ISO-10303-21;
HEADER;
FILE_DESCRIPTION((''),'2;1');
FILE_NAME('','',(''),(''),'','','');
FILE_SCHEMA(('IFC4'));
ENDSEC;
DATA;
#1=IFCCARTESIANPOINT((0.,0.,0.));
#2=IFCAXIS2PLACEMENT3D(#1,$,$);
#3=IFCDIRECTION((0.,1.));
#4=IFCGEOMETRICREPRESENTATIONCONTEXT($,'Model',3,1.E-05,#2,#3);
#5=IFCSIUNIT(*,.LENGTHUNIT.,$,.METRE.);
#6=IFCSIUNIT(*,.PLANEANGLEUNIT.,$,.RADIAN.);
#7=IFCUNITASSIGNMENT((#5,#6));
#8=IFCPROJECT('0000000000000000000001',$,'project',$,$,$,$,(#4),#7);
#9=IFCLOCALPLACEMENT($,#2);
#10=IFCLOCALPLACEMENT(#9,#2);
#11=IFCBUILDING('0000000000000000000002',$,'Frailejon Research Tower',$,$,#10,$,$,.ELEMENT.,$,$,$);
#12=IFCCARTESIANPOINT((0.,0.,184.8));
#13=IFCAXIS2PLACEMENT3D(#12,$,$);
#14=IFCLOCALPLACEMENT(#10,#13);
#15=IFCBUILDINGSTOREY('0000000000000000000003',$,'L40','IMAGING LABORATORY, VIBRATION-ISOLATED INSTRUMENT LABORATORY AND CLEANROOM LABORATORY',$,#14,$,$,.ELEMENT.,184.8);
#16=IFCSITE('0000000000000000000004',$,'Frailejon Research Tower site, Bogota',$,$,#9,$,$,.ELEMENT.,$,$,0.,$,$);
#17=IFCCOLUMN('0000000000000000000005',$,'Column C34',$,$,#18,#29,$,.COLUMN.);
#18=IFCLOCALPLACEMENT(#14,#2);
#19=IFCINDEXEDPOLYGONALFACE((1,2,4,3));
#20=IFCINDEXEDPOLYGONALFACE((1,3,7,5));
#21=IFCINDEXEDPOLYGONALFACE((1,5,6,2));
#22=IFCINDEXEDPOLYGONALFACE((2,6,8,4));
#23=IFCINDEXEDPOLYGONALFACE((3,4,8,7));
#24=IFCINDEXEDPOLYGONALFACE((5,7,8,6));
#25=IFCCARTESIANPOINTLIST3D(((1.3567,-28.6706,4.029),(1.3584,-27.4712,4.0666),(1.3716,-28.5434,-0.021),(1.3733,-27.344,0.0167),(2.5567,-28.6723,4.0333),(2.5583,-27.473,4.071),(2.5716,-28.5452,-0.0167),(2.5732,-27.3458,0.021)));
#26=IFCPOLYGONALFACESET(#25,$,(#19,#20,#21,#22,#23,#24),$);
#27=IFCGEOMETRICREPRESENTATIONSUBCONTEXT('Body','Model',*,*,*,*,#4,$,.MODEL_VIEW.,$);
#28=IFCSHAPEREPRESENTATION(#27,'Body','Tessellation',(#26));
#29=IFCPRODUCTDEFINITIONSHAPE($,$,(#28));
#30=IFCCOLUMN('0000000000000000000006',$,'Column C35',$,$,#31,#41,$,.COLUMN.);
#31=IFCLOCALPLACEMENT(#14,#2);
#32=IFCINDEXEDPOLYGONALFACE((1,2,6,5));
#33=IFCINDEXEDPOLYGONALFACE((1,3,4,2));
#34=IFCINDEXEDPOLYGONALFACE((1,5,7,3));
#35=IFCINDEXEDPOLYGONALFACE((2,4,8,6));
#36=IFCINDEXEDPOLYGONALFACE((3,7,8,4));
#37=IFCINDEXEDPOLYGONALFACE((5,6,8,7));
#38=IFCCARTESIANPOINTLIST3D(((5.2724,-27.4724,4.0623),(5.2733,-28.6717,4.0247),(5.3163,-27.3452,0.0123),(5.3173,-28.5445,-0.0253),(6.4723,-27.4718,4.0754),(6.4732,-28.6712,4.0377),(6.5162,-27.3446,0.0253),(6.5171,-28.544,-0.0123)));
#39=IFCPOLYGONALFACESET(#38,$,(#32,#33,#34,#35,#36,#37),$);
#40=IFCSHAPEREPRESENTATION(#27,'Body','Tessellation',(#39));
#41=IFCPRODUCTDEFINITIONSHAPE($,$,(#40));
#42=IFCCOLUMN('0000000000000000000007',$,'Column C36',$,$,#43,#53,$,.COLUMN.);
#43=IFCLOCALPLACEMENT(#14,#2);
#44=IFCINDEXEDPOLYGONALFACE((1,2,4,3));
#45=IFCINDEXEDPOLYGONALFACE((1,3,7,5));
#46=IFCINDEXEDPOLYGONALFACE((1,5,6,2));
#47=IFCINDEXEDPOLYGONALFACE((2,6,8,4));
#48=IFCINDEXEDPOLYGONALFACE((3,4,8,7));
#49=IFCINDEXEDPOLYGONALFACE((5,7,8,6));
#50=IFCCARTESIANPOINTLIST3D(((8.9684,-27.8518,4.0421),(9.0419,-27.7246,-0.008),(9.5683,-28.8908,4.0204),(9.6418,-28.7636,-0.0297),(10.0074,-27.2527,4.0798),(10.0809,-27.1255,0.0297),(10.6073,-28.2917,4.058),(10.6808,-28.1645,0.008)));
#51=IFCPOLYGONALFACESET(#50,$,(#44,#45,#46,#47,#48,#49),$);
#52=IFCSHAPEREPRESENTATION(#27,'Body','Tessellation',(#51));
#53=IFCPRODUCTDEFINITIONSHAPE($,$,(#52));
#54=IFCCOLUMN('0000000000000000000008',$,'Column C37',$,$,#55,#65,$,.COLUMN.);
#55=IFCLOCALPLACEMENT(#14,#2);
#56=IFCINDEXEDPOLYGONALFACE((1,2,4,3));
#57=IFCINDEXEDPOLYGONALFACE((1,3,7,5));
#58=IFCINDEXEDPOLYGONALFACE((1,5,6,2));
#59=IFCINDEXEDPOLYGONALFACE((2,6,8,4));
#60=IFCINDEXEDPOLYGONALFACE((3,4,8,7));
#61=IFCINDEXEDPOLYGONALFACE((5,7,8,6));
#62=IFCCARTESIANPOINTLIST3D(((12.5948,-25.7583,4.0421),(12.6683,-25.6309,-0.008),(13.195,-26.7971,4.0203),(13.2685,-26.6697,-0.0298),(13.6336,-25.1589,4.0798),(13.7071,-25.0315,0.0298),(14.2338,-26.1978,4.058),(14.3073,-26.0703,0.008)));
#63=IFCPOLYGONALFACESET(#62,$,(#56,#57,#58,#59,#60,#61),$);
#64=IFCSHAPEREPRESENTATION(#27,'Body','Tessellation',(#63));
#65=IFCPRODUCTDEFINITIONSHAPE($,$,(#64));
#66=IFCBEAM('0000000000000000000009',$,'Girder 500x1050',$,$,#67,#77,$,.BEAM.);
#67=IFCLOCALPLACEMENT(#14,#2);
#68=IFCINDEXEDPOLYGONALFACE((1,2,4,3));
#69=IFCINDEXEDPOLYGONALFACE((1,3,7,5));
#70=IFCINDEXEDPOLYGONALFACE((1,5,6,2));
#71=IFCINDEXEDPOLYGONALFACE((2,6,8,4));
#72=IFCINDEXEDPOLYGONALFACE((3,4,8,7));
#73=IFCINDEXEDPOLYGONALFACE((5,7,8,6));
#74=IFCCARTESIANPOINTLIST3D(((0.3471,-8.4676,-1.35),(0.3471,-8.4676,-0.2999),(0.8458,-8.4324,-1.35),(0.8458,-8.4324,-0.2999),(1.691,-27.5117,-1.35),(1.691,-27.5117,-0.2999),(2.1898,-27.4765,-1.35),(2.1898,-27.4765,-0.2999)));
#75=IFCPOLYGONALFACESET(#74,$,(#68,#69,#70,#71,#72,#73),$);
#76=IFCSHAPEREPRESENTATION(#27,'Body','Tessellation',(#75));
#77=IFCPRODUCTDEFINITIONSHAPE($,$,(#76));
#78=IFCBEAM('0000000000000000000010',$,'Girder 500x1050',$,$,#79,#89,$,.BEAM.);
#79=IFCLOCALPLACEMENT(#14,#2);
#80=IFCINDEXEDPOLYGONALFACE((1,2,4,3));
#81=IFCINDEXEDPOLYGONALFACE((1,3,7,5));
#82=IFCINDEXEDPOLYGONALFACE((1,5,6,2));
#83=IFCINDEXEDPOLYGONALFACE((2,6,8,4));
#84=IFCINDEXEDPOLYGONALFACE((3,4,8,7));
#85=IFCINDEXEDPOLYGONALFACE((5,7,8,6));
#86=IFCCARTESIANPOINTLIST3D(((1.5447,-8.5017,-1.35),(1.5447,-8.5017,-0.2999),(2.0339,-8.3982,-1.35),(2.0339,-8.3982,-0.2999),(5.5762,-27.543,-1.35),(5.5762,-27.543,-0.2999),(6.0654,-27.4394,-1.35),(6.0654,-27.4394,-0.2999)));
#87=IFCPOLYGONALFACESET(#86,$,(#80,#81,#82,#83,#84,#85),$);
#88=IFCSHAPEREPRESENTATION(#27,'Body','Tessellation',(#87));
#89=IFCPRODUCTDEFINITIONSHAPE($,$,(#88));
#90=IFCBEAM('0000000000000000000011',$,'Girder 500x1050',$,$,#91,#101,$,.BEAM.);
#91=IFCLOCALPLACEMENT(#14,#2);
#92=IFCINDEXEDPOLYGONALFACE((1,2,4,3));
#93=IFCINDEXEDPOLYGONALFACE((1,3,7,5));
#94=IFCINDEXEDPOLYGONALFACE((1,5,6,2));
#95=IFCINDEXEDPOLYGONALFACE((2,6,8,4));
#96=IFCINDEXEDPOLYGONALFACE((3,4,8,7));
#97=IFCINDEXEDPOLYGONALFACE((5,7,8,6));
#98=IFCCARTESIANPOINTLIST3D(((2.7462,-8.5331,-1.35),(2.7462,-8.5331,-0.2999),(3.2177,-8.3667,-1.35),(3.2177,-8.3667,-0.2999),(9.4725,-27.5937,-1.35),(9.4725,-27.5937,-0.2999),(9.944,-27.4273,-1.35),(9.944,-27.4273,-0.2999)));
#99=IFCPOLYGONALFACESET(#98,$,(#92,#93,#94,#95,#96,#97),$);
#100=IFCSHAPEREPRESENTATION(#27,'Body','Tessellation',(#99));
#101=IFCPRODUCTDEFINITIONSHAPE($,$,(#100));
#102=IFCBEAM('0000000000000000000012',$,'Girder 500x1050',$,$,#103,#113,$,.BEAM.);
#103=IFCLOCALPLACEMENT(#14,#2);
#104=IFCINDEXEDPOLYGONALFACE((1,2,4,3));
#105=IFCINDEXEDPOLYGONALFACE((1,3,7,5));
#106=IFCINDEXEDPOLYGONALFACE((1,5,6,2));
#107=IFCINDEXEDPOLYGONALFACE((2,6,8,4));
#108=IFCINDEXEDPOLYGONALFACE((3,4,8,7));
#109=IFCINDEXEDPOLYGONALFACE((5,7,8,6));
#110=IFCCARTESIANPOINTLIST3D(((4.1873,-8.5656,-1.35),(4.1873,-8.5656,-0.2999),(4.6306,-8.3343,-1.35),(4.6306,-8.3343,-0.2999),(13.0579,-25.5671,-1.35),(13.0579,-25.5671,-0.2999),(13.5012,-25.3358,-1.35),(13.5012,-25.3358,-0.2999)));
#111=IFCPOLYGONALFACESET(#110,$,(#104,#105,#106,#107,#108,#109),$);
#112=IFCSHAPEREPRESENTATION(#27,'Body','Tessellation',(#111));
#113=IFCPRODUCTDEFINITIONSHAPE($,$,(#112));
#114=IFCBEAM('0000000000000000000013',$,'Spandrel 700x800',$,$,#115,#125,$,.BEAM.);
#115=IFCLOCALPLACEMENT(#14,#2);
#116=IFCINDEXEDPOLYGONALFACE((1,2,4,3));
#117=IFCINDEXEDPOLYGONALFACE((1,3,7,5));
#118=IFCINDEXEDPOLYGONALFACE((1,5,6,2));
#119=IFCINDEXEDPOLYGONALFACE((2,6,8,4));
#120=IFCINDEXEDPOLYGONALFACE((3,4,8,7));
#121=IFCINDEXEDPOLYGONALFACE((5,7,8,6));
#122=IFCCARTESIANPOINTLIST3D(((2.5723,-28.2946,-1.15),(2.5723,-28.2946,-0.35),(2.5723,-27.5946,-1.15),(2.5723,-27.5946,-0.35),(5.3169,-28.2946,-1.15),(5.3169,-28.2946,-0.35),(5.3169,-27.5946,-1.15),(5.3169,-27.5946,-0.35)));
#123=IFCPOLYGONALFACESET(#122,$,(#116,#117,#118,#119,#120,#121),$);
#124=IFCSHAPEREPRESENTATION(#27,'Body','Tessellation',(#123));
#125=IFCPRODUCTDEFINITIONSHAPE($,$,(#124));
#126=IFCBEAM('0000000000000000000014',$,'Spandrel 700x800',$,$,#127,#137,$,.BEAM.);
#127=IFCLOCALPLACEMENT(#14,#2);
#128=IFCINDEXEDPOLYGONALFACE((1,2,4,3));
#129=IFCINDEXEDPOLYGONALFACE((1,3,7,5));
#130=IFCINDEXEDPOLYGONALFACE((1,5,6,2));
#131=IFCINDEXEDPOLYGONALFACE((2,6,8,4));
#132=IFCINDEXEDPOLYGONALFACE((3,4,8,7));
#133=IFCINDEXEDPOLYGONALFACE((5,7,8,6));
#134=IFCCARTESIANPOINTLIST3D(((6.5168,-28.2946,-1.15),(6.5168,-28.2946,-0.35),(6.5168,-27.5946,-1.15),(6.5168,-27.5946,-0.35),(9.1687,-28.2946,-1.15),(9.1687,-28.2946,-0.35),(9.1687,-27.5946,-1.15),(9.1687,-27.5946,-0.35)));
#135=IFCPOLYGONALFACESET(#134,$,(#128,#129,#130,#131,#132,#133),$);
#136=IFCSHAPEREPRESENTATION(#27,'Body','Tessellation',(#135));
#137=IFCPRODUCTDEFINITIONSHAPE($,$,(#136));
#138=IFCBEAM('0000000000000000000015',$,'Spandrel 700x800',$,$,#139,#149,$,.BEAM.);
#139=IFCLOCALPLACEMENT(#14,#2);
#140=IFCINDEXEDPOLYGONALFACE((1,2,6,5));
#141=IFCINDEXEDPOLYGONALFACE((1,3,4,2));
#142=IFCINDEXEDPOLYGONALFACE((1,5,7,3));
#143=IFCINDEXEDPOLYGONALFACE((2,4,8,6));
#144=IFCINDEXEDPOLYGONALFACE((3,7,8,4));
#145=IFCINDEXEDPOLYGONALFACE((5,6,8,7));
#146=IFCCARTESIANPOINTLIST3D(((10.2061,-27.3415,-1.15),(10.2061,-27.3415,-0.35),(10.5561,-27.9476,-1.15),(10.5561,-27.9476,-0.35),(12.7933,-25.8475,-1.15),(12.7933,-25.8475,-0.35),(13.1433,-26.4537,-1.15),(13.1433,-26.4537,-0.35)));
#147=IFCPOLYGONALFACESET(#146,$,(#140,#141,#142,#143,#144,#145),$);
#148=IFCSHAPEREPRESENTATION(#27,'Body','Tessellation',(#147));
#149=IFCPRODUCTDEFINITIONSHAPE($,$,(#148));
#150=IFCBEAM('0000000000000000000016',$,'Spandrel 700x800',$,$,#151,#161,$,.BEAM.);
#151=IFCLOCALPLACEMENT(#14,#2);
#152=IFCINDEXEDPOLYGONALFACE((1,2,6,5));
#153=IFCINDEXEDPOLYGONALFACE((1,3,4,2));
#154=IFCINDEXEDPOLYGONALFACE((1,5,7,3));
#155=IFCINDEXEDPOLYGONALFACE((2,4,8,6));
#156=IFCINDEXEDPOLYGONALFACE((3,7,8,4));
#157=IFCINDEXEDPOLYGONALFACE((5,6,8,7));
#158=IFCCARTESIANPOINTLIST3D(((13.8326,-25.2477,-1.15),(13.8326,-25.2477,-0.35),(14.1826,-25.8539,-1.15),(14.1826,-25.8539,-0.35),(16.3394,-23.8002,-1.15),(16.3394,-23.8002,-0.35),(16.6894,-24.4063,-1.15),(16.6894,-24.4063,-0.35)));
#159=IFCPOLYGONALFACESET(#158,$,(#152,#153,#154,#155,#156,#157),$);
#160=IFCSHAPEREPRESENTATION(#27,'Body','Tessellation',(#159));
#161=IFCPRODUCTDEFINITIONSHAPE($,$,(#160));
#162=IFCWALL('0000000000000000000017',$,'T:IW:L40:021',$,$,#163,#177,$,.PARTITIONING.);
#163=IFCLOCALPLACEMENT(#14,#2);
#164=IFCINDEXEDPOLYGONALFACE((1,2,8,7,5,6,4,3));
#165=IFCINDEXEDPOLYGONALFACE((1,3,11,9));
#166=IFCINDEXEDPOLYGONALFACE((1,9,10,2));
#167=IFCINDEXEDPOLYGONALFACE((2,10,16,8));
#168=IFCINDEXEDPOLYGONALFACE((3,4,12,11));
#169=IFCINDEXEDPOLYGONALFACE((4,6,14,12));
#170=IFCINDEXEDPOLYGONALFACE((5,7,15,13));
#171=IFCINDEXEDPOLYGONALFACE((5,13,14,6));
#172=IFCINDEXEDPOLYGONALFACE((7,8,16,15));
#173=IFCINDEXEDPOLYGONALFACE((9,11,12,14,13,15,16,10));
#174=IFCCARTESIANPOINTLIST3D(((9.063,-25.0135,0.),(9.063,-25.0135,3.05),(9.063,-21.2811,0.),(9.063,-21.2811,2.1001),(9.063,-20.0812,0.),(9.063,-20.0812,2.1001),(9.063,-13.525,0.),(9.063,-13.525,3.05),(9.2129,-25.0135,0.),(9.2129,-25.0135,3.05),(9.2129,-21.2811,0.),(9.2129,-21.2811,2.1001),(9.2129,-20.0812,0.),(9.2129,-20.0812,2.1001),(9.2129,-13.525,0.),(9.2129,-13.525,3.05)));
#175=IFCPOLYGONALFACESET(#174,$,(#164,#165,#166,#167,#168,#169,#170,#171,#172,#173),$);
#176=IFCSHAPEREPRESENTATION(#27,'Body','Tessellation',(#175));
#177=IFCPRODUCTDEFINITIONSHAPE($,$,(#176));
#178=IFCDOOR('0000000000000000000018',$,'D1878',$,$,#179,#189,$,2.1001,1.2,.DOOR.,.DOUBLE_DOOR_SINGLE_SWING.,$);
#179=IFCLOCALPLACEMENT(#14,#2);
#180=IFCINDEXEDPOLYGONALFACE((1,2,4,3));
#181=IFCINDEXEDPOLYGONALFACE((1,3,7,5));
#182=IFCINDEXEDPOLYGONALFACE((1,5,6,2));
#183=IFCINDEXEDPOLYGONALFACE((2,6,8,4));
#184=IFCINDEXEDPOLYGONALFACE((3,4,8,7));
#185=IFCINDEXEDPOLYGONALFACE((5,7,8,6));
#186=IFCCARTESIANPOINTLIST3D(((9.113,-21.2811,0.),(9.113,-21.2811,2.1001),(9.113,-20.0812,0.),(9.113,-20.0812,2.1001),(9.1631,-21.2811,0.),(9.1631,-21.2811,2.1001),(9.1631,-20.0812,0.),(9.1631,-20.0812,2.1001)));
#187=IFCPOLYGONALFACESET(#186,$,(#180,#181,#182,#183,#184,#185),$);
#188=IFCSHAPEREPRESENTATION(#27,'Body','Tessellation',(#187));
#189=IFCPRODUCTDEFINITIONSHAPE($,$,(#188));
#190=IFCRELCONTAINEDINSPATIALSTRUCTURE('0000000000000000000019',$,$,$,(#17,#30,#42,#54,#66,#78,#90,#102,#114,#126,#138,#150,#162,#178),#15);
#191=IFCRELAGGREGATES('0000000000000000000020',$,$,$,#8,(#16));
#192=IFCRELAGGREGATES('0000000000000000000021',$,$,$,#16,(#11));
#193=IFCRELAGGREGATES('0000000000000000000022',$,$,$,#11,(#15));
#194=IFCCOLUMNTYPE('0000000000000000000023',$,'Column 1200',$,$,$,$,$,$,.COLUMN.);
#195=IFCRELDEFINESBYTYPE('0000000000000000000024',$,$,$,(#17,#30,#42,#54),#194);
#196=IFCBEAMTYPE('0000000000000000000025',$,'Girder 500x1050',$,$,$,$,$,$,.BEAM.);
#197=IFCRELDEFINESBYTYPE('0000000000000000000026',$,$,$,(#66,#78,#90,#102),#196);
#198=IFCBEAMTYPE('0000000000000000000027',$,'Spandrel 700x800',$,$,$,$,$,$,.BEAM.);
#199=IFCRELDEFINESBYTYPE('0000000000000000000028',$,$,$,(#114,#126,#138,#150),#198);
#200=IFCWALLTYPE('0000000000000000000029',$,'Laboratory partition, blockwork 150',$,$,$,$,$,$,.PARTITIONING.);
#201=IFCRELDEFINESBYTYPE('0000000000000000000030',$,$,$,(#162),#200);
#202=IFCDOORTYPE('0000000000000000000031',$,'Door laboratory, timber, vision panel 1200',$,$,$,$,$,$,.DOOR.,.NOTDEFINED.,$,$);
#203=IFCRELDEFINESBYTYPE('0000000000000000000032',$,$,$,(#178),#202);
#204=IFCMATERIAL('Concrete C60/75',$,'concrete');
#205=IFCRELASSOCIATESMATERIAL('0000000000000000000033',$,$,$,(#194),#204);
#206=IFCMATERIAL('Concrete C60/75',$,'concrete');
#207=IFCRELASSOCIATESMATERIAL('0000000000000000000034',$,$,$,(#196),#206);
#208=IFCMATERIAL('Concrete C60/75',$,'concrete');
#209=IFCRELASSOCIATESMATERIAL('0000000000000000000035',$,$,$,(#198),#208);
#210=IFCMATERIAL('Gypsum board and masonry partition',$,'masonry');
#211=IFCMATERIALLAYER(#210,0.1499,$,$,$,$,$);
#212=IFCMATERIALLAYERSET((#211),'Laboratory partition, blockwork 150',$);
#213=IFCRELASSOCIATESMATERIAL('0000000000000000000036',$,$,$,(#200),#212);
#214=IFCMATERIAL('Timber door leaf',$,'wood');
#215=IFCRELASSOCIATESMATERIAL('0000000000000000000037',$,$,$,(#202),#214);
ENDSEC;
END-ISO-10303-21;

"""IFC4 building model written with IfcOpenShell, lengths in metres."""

from ifc_helpers import new_model, si_unit, direction, frame, frame_2d, origin, origin_2d, place, context, subcontext, project, spatial, rectangle, extrude, material, layer, layer_set, material_profile, profile_set, type_object, element, fill, save


model = new_model("IFC4")

# Units and contexts
model_context = context("Model", 3, precision=1e-05, world=origin(), true_north=direction((0.0, 1.0)))
body_context = subcontext(model_context, "Body", "Model", "MODEL_VIEW")
ifc_project = project(units=[si_unit("LENGTHUNIT", "METRE"), si_unit("PLANEANGLEUNIT", "RADIAN")], contexts=[model_context])

# Site, building, storey
site_placement = place(None, origin())
site = spatial("IfcSite", under=ifc_project, at=site_placement, Name="Frailejon Research Tower site, Bogota", CompositionType="ELEMENT", RefElevation=0.0)
building_placement = place(site_placement, origin())
building = spatial("IfcBuilding", under=site, at=building_placement, Name="Frailejon Research Tower", CompositionType="ELEMENT")
storey_placement = place(building_placement, frame((0.0, 0.0, 184.8)))
storey = spatial("IfcBuildingStorey", under=building, at=storey_placement, Name="L40", Description="IMAGING LABORATORY, VIBRATION-ISOLATED INSTRUMENT LABORATORY AND CLEANROOM LABORATORY", CompositionType="ELEMENT", Elevation=184.8)

# Columns
ifc_material_1 = material(Name="Concrete C60/75", Category="concrete")
ifc_material_profile_1 = material_profile(ifc_material_1, rectangle(XDim=1.2, YDim=1.2, at=origin_2d()), Name="Column 1200")
ifc_profile_set_1 = profile_set([ifc_material_profile_1], Name="Concrete C60/75")
column_type = type_object("IfcColumnType", Name="Column 1200", PredefinedType="COLUMN", material=ifc_profile_set_1)
column_1_placement = place(storey_placement, frame((1.9724, -27.9446, 0.0), z_axis=(-0.003675, -0.031391, 0.9995), x_axis=(0.999992, -0.001487, 0.00363)))
element("IfcColumn", 1, at=column_1_placement, inside=storey, type_object=column_type, Name="Column C34", PredefinedType="COLUMN", context=body_context, shape_type="SweptSolid", body=[
    extrude(rectangle(XDim=1.2, YDim=1.2, at=origin_2d()), origin(), (0.0, 0.0, 1.0), 4.052),
])
column_2_placement = place(storey_placement, frame((5.9167, -27.9446, 0.0), z_axis=(-0.010845, -0.031389, 0.999448), x_axis=(0.999941, 0.000427, 0.010863)))
element("IfcColumn", 2, at=column_2_placement, inside=storey, type_object=column_type, Name="Column C35", PredefinedType="COLUMN", context=body_context, shape_type="SweptSolid", body=[
    extrude(rectangle(XDim=1.2, YDim=1.2, at=origin_2d()), origin(), (0.0, 0.0, 1.0), 4.0522),
])
for number, where, z_axis, x_axis, name in (
    (3, (9.8613, -27.9446, 0.0), (-0.018133, -0.031386, 0.999343), (0.865885, 0.499257, 0.031391), "Column C36"),
    (4, (13.4878, -25.8506, 0.0), (-0.018133, -0.031446, 0.999341), (0.865741, 0.499505, 0.031426), "Column C37"),
):
    element("IfcColumn", number, at=place(storey_placement, frame(where, z_axis=z_axis, x_axis=x_axis)), inside=storey, type_object=column_type, Name=name, PredefinedType="COLUMN", context=body_context, shape_type="SweptSolid", body=[
        extrude(rectangle(XDim=1.2, YDim=1.2, at=origin_2d()), origin(), (0.0, 0.0, 1.0), 4.0527),
    ])

# Beams
ifc_material_2 = material(Name="Concrete C60/75", Category="concrete")
ifc_material_profile_2 = material_profile(ifc_material_2, rectangle(XDim=0.5, YDim=1.05, at=origin_2d()), Name="Girder 500x1050")
ifc_profile_set_2 = profile_set([ifc_material_profile_2], Name="Concrete C60/75")
beam_type_1 = type_object("IfcBeamType", Name="Girder 500x1050", PredefinedType="BEAM", material=ifc_profile_set_2)
beam_1_placement = place(storey_placement, frame((1.9404, -27.4941, -0.825), z_axis=(-0.070397, 0.997519, 0.0), x_axis=(-0.997519, -0.070397, 0.0)))
element("IfcBeam", 5, at=beam_1_placement, inside=storey, type_object=beam_type_1, Name="Girder 500x1050", PredefinedType="BEAM", context=body_context, shape_type="SweptSolid", body=[
    extrude(rectangle(XDim=0.5, YDim=1.05, at=origin_2d()), origin(), (0.0, 0.0, 1.0), 19.0916),
])
beam_2_placement = place(storey_placement, frame((5.8208, -27.4912, -0.825), z_axis=(-0.207132, 0.978313, 0.0), x_axis=(-0.978313, -0.207132, 0.0)))
element("IfcBeam", 6, at=beam_2_placement, inside=storey, type_object=beam_type_1, Name="Girder 500x1050", PredefinedType="BEAM", context=body_context, shape_type="SweptSolid", body=[
    extrude(rectangle(XDim=0.5, YDim=1.05, at=origin_2d()), origin(), (0.0, 0.0, 1.0), 19.4634),
])
beam_3_placement = place(storey_placement, frame((9.7083, -27.5105, -0.825), z_axis=(-0.332779, 0.943005, 0.0), x_axis=(-0.943005, -0.332779, 0.0)))
element("IfcBeam", 7, at=beam_3_placement, inside=storey, type_object=beam_type_1, Name="Girder 500x1050", PredefinedType="BEAM", context=body_context, shape_type="SweptSolid", body=[
    extrude(rectangle(XDim=0.5, YDim=1.05, at=origin_2d()), origin(), (0.0, 0.0, 1.0), 20.2126),
])
beam_4_placement = place(storey_placement, frame((13.2795, -25.4514, -0.825), z_axis=(-0.462577, 0.886579, 0.0), x_axis=(-0.886579, -0.462577, 0.0)))
element("IfcBeam", 8, at=beam_4_placement, inside=storey, type_object=beam_type_1, Name="Girder 500x1050", PredefinedType="BEAM", context=body_context, shape_type="SweptSolid", body=[
    extrude(rectangle(XDim=0.5, YDim=1.05, at=origin_2d()), origin(), (0.0, 0.0, 1.0), 19.1765),
])
ifc_material_3 = material(Name="Concrete C60/75", Category="concrete")
ifc_material_profile_3 = material_profile(ifc_material_3, rectangle(XDim=0.7, YDim=0.8, at=origin_2d()), Name="Spandrel 700x800")
ifc_profile_set_3 = profile_set([ifc_material_profile_3], Name="Concrete C60/75")
beam_type_2 = type_object("IfcBeamType", Name="Spandrel 700x800", PredefinedType="BEAM", material=ifc_profile_set_3)
beam_5_placement = place(storey_placement, frame((2.5723, -27.9446, -0.75), z_axis=(1.0, 0.0, 0.0), x_axis=(0.0, 1.0, 0.0)))
element("IfcBeam", 9, at=beam_5_placement, inside=storey, type_object=beam_type_2, Name="Spandrel 700x800", PredefinedType="BEAM", context=body_context, shape_type="SweptSolid", body=[
    extrude(rectangle(XDim=0.7, YDim=0.8, at=origin_2d()), origin(), (0.0, 0.0, 1.0), 2.7446),
])
beam_6_placement = place(storey_placement, frame((6.5168, -27.9446, -0.75), z_axis=(1.0, 0.0, 0.0), x_axis=(0.0, 1.0, 0.0)))
element("IfcBeam", 10, at=beam_6_placement, inside=storey, type_object=beam_type_2, Name="Spandrel 700x800", PredefinedType="BEAM", context=body_context, shape_type="SweptSolid", body=[
    extrude(rectangle(XDim=0.7, YDim=0.8, at=origin_2d()), origin(), (0.0, 0.0, 1.0), 2.6519),
])
beam_7_placement = place(storey_placement, frame((10.3811, -27.6445, -0.75), z_axis=(0.865996, 0.50005, 0.0), x_axis=(-0.50005, 0.865996, 0.0)))
element("IfcBeam", 11, at=beam_7_placement, inside=storey, type_object=beam_type_2, Name="Spandrel 700x800", PredefinedType="BEAM", context=body_context, shape_type="SweptSolid", body=[
    extrude(rectangle(XDim=0.7, YDim=0.8, at=origin_2d()), origin(), (0.0, 0.0, 1.0), 2.9875),
])
beam_8_placement = place(storey_placement, frame((14.0076, -25.5508, -0.75), z_axis=(0.865997, 0.500049, 0.0), x_axis=(-0.500049, 0.865997, 0.0)))
element("IfcBeam", 12, at=beam_8_placement, inside=storey, type_object=beam_type_2, Name="Spandrel 700x800", PredefinedType="BEAM", context=body_context, shape_type="SweptSolid", body=[
    extrude(rectangle(XDim=0.7, YDim=0.8, at=origin_2d()), origin(), (0.0, 0.0, 1.0), 2.8948),
])

# Wall, opening, door
ifc_material_4 = material(Name="Gypsum board and masonry partition", Category="masonry")
ifc_layer_1 = layer(ifc_material_4, 0.1499)
ifc_layer_set_1 = layer_set([ifc_layer_1], Name="Laboratory partition, blockwork 150")
wall_type_1 = type_object("IfcWallType", Name="Laboratory partition, blockwork 150", PredefinedType="PARTITIONING", material=ifc_layer_set_1)
wall_1_placement = place(storey_placement, frame((9.1379, -25.0134, 0.0), z_axis=(0.0, 0.0, 1.0), x_axis=(0.0, 1.0, 0.0)))
wall_1 = element("IfcWall", 13, at=wall_1_placement, inside=storey, type_object=wall_type_1, Name="T:IW:L40:021", PredefinedType="PARTITIONING", context=body_context, shape_type="SweptSolid", body=[
    extrude(rectangle(XDim=11.4885, YDim=0.1499, at=frame_2d((5.7441, 0.0))), origin(), (0.0, 0.0, 1.0), 3.05),
])
opening_1_placement = place(wall_1_placement, frame((3.7322, 0.0, 0.0)))
opening_1 = element("IfcOpeningElement", 14, at=opening_1_placement, cuts=wall_1, PredefinedType="OPENING", context=body_context, shape_type="SweptSolid", body=[
    extrude(rectangle(XDim=1.2, YDim=2.1001, at=frame_2d((0.6001, 1.05))), frame((0.0, 0.085, 0.0), z_axis=(0.0, -1.0, 0.0), x_axis=(1.0, 0.0, 0.0)), (0.0, 0.0, 1.0), 0.1699),
])
ifc_material_5 = material(Name="Timber door leaf", Category="wood")
door_type = type_object("IfcDoorType", Name="Door laboratory, timber, vision panel 1200", OperationType="NOTDEFINED", PredefinedType="DOOR", material=ifc_material_5)
door_placement = place(opening_1_placement, origin())
door = element("IfcDoor", 15, at=door_placement, inside=storey, type_object=door_type, Name="D1878", OperationType="DOUBLE_DOOR_SINGLE_SWING", OverallHeight=2.1001, OverallWidth=1.2, PredefinedType="DOOR", context=body_context, shape_type="SweptSolid", body=[
    extrude(rectangle(XDim=1.2, YDim=2.1001, at=frame_2d((0.6001, 1.05))), frame((0.0, 0.0249, 0.0), z_axis=(0.0, -1.0, 0.0), x_axis=(1.0, 0.0, 0.0)), (0.0, 0.0, 1.0), 0.05),
])
fill(opening_1, door)

save(model, "model.ifc")
